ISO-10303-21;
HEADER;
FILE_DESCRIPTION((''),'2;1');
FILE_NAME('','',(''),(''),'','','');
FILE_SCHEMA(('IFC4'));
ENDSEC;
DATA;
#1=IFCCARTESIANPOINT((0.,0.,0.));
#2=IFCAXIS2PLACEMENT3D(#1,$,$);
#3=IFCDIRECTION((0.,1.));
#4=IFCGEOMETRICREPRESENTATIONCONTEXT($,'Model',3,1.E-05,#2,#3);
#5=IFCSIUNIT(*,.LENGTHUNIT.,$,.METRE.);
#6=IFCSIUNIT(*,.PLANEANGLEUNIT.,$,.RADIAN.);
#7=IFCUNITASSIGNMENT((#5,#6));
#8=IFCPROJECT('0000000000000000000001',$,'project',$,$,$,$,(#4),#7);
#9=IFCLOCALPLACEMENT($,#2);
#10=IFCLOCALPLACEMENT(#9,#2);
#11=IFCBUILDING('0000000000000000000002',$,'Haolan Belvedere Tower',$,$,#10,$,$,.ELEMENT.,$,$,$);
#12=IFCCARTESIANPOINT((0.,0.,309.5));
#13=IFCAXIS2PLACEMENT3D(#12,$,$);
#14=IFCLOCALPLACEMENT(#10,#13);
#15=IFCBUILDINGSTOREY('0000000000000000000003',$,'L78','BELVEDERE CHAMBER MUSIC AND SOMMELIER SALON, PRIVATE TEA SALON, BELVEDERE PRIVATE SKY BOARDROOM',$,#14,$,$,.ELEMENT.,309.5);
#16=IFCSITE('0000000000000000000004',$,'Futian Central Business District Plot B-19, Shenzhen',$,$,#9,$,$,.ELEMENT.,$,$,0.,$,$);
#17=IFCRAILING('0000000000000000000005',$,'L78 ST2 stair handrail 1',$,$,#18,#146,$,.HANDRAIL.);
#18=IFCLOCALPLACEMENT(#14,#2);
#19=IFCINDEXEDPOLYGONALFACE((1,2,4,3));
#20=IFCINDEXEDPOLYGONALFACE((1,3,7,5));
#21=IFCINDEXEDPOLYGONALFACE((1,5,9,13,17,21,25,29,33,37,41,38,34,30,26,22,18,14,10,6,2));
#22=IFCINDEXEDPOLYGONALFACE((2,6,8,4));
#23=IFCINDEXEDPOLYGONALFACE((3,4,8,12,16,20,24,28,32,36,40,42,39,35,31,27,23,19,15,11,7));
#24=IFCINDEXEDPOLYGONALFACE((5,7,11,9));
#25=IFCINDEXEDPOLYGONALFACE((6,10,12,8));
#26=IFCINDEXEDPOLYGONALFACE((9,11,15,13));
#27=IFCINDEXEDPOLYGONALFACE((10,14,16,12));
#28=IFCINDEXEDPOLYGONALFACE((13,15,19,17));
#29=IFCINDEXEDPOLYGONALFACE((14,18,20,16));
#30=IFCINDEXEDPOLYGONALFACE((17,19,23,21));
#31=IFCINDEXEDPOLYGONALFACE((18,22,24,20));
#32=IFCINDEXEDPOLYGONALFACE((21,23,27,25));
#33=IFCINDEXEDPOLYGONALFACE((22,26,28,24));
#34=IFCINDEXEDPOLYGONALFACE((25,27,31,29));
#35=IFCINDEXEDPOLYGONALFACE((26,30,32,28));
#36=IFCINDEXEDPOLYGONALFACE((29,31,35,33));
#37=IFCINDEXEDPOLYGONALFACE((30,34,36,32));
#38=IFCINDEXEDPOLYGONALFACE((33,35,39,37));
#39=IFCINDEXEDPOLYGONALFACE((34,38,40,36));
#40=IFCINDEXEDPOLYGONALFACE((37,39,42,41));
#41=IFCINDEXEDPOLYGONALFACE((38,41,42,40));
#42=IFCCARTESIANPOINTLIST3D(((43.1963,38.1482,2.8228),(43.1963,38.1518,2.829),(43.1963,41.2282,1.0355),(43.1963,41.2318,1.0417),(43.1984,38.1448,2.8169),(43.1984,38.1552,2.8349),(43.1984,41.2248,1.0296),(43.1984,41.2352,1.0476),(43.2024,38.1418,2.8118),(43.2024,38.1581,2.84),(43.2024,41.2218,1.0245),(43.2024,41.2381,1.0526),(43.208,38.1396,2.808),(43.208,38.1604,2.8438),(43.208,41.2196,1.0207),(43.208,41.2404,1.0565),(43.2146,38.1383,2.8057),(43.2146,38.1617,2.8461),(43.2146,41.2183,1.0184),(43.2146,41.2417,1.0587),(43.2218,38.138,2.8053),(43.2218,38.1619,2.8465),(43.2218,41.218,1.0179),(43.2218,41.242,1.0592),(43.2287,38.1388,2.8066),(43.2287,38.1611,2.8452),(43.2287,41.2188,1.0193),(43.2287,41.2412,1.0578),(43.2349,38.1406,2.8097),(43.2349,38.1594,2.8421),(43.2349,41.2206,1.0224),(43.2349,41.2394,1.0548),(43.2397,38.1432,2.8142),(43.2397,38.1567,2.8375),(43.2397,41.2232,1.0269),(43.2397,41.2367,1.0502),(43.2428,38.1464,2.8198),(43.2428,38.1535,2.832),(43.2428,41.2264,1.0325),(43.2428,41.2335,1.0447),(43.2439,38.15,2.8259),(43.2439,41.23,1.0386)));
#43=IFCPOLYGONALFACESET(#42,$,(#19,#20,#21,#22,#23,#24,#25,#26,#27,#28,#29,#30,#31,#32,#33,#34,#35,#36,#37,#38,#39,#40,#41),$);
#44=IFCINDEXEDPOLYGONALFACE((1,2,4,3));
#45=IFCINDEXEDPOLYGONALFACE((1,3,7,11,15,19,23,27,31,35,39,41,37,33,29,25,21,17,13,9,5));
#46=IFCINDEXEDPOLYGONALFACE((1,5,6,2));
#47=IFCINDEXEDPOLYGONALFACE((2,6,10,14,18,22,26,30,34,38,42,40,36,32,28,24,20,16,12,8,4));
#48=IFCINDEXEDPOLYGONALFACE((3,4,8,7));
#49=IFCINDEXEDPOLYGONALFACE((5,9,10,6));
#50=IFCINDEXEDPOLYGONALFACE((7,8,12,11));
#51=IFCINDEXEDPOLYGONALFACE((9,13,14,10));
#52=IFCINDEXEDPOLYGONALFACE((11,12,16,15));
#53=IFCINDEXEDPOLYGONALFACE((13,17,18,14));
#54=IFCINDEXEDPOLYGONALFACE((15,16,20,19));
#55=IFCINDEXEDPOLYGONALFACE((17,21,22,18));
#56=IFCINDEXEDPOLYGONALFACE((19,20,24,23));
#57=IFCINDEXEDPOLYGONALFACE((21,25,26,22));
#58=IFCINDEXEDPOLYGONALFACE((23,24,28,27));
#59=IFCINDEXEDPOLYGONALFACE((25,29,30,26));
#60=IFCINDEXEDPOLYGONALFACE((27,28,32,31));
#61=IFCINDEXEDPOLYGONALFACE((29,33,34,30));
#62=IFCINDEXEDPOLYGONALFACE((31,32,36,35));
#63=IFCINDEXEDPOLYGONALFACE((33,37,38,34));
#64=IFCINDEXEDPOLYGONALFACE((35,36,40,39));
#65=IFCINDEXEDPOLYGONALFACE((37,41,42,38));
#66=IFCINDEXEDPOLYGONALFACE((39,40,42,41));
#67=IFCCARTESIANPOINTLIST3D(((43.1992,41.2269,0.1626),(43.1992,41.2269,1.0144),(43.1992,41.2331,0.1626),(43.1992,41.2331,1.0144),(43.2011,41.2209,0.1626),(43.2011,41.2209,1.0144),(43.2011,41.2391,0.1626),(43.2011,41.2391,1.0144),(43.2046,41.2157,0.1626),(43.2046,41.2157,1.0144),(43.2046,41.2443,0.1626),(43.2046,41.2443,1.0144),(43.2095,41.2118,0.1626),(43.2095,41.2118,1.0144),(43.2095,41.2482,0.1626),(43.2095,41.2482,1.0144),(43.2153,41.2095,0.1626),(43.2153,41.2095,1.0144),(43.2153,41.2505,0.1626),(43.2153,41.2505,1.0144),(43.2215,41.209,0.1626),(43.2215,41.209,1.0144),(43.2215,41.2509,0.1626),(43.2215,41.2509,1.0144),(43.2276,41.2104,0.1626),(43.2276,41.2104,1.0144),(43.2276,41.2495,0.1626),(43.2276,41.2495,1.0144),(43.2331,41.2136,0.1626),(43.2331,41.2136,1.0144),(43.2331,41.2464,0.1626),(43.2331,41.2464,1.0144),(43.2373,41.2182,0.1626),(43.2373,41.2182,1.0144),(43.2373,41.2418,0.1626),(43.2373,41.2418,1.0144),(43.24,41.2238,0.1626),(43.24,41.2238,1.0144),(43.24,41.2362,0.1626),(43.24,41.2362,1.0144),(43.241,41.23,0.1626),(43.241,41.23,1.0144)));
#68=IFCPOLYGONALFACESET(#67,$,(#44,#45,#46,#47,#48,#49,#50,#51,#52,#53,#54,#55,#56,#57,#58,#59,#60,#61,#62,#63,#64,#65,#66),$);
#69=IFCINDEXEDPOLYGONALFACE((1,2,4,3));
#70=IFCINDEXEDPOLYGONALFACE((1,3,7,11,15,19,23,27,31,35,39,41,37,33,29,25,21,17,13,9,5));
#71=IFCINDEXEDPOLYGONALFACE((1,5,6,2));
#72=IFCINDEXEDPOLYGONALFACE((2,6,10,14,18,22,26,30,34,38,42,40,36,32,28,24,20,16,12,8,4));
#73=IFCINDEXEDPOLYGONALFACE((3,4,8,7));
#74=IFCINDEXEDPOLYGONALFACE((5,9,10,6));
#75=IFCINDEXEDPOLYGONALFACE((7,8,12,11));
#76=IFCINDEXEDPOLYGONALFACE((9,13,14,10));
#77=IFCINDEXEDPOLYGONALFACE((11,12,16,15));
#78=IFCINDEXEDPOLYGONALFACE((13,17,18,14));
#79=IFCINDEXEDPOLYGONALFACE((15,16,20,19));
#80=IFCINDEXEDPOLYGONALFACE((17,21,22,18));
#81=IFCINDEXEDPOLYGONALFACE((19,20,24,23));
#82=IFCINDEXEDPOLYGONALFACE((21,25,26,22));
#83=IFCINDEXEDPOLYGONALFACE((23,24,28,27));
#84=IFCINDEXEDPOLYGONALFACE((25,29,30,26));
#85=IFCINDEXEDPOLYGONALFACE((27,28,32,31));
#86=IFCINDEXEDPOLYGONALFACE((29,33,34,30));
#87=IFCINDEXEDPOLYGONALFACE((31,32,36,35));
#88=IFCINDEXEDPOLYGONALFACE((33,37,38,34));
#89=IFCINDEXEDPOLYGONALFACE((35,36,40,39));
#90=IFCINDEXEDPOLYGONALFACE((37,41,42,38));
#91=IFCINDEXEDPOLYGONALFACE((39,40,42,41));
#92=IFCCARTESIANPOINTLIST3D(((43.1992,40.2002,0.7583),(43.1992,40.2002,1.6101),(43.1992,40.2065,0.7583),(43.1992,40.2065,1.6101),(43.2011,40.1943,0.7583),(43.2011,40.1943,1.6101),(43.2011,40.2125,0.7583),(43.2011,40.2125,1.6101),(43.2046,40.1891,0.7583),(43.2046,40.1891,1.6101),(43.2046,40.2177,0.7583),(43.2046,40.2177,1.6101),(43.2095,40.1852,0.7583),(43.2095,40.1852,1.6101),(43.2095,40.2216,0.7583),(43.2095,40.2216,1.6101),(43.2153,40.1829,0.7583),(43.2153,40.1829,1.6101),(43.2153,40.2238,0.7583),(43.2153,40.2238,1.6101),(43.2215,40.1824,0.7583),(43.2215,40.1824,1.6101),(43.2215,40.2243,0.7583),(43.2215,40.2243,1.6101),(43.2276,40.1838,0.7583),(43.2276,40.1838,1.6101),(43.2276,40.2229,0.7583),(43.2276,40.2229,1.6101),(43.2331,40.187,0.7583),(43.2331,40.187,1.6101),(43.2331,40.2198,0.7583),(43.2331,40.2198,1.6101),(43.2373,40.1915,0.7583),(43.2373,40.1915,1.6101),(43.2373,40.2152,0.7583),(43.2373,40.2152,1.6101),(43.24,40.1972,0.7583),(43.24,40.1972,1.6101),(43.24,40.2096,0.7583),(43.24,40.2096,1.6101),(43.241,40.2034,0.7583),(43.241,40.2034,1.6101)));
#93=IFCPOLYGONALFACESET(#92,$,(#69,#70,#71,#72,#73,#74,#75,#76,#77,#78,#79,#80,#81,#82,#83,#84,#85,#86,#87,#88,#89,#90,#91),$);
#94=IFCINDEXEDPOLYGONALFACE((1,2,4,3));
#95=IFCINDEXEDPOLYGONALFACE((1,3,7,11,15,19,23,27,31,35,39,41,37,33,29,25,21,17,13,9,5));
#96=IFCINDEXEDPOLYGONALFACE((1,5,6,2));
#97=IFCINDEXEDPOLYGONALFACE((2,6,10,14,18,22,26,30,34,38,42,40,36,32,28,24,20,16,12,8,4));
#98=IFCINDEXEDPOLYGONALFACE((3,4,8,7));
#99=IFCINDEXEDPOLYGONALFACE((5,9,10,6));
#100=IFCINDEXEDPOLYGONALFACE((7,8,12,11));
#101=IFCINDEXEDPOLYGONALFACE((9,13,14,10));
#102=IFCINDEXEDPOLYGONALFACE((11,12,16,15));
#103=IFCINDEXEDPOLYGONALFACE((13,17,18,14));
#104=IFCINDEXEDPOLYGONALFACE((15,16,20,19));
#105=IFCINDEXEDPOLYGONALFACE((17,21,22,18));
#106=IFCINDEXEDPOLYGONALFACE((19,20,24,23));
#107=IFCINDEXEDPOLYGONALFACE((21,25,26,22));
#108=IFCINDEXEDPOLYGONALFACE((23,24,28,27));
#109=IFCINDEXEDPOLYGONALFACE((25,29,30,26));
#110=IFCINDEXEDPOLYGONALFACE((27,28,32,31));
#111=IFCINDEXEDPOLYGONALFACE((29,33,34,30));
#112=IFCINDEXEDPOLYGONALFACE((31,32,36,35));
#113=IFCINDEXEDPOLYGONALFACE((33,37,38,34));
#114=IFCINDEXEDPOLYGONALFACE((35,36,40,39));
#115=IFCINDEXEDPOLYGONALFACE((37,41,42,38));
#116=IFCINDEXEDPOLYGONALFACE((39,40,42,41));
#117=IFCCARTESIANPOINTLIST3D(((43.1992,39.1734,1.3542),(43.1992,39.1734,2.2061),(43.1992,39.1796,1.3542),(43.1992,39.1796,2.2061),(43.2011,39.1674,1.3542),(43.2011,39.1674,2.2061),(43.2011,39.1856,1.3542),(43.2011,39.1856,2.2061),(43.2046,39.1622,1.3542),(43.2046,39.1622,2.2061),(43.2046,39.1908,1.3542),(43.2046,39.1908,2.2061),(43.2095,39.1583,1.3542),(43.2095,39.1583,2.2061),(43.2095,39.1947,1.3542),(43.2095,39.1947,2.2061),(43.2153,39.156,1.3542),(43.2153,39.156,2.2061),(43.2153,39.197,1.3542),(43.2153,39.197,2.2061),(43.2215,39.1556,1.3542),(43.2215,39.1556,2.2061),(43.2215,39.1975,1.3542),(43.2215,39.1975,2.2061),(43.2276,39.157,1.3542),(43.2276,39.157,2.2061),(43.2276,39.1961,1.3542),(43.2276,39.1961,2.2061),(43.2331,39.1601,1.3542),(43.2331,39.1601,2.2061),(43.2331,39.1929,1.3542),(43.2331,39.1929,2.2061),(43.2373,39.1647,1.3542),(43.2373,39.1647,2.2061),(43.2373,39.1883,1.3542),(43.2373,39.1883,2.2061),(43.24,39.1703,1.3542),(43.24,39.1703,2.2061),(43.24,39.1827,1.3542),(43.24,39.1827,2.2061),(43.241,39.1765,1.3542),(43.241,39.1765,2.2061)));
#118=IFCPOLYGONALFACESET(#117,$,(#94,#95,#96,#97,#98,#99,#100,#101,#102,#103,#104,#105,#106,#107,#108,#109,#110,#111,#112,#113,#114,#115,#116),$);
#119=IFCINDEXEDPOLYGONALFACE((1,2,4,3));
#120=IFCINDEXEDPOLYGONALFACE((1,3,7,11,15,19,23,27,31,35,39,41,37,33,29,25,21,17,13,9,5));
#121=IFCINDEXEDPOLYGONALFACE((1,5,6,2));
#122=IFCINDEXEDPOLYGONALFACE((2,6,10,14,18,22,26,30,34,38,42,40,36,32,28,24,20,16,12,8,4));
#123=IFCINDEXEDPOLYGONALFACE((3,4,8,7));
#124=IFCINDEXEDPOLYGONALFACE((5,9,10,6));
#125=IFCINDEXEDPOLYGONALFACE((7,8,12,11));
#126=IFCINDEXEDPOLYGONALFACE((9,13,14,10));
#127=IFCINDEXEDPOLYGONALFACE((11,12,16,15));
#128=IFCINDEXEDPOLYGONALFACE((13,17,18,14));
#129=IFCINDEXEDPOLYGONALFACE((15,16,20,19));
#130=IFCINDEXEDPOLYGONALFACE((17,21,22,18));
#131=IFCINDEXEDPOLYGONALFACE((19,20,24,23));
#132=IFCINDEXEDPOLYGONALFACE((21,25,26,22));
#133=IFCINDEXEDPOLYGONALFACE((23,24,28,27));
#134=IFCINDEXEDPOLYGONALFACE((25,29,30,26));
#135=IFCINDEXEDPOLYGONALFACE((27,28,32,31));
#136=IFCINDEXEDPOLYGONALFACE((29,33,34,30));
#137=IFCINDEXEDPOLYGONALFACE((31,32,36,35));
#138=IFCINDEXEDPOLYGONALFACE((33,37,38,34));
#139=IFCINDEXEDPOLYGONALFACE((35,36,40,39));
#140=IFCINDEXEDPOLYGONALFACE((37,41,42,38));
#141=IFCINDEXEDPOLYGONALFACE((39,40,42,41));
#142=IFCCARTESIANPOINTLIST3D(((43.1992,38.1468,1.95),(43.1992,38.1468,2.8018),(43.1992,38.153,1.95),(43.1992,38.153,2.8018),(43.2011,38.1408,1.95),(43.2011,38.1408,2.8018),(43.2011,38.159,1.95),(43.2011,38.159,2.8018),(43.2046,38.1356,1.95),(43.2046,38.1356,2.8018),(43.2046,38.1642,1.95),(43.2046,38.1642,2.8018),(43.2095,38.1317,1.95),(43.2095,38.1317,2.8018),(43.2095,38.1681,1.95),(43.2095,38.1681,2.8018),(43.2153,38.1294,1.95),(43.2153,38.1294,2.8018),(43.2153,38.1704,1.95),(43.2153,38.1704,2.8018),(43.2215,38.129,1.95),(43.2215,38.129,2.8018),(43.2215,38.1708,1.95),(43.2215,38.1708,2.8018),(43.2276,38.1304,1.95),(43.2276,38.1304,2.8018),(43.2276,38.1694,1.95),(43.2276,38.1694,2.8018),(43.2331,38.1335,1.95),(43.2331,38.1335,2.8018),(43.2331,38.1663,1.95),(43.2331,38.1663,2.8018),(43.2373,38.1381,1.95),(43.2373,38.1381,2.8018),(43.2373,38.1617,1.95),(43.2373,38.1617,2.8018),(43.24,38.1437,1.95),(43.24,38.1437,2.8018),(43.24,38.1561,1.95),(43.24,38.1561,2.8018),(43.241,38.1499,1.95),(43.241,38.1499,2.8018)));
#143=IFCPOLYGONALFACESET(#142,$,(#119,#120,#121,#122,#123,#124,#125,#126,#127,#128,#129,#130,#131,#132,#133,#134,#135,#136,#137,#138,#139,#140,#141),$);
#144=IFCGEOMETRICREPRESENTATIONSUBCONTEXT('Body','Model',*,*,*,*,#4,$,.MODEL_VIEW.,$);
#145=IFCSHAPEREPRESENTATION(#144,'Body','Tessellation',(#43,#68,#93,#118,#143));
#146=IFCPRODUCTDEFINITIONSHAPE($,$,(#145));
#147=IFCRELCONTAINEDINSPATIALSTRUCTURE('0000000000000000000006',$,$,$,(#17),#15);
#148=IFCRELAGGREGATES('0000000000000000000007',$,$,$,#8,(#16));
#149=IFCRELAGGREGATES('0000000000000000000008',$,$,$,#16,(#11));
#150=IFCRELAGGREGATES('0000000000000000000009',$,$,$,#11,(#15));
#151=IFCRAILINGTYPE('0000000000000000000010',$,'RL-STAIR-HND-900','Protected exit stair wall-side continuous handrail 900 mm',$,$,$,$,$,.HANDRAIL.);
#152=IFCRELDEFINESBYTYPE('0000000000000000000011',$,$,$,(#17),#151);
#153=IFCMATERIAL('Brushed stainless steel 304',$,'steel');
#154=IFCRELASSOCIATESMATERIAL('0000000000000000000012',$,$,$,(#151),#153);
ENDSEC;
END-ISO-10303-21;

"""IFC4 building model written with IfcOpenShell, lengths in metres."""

from ifc_helpers import new_model, si_unit, direction, frame, origin, origin_2d, place, context, subcontext, project, spatial, circle, extrude, material, type_object, element, save


model = new_model("IFC4")

# Units and contexts
model_context = context("Model", 3, precision=1e-05, world=origin(), true_north=direction((0.0, 1.0)))
body_context = subcontext(model_context, "Body", "Model", "MODEL_VIEW")
ifc_project = project(units=[si_unit("LENGTHUNIT", "METRE"), si_unit("PLANEANGLEUNIT", "RADIAN")], contexts=[model_context])

# Site, building, storey
site_placement = place(None, origin())
site = spatial("IfcSite", under=ifc_project, at=site_placement, Name="Futian Central Business District Plot B-19, Shenzhen", CompositionType="ELEMENT", RefElevation=0.0)
building_placement = place(site_placement, origin())
building = spatial("IfcBuilding", under=site, at=building_placement, Name="Haolan Belvedere Tower", CompositionType="ELEMENT")
storey_placement = place(building_placement, frame((0.0, 0.0, 309.5)))
storey = spatial("IfcBuildingStorey", under=building, at=storey_placement, Name="L78", Description="BELVEDERE CHAMBER MUSIC AND SOMMELIER SALON, PRIVATE TEA SALON, BELVEDERE PRIVATE SKY BOARDROOM", CompositionType="ELEMENT", Elevation=309.5)

# Railing
ifc_material_1 = material(Name="Brushed stainless steel 304", Category="steel")
railing_type_1 = type_object("IfcRailingType", Name="RL-STAIR-HND-900", Description="Protected exit stair wall-side continuous handrail 900 mm", PredefinedType="HANDRAIL", material=ifc_material_1)
railing_1_placement = place(storey_placement, frame((43.22, 41.23, 0.1626)))
element("IfcRailing", 1, at=railing_1_placement, inside=storey, type_object=railing_type_1, Name="L78 ST2 stair handrail 1", PredefinedType="HANDRAIL", context=body_context, shape_type="SweptSolid", body=[
    extrude(circle(Radius=0.0239, at=origin_2d()), frame((0.0, 0.0, 0.876), z_axis=(0.0, -0.86492, 0.501909), x_axis=(1.0, 0.0, 0.0)), (0.0, 0.0, 1.0), 3.561),
    extrude(circle(Radius=0.021, at=origin_2d()), origin(), (0.0, 0.0, 1.0), 0.8518),
    extrude(circle(Radius=0.021, at=origin_2d()), frame((0.0, -1.0266, 0.5957)), (0.0, 0.0, 1.0), 0.8518),
    extrude(circle(Radius=0.021, at=origin_2d()), frame((0.0, -2.0535, 1.1917)), (0.0, 0.0, 1.0), 0.8518),
    extrude(circle(Radius=0.021, at=origin_2d()), frame((0.0, -3.0801, 1.7874)), (0.0, 0.0, 1.0), 0.8518),
])

save(model, "model.ifc")
